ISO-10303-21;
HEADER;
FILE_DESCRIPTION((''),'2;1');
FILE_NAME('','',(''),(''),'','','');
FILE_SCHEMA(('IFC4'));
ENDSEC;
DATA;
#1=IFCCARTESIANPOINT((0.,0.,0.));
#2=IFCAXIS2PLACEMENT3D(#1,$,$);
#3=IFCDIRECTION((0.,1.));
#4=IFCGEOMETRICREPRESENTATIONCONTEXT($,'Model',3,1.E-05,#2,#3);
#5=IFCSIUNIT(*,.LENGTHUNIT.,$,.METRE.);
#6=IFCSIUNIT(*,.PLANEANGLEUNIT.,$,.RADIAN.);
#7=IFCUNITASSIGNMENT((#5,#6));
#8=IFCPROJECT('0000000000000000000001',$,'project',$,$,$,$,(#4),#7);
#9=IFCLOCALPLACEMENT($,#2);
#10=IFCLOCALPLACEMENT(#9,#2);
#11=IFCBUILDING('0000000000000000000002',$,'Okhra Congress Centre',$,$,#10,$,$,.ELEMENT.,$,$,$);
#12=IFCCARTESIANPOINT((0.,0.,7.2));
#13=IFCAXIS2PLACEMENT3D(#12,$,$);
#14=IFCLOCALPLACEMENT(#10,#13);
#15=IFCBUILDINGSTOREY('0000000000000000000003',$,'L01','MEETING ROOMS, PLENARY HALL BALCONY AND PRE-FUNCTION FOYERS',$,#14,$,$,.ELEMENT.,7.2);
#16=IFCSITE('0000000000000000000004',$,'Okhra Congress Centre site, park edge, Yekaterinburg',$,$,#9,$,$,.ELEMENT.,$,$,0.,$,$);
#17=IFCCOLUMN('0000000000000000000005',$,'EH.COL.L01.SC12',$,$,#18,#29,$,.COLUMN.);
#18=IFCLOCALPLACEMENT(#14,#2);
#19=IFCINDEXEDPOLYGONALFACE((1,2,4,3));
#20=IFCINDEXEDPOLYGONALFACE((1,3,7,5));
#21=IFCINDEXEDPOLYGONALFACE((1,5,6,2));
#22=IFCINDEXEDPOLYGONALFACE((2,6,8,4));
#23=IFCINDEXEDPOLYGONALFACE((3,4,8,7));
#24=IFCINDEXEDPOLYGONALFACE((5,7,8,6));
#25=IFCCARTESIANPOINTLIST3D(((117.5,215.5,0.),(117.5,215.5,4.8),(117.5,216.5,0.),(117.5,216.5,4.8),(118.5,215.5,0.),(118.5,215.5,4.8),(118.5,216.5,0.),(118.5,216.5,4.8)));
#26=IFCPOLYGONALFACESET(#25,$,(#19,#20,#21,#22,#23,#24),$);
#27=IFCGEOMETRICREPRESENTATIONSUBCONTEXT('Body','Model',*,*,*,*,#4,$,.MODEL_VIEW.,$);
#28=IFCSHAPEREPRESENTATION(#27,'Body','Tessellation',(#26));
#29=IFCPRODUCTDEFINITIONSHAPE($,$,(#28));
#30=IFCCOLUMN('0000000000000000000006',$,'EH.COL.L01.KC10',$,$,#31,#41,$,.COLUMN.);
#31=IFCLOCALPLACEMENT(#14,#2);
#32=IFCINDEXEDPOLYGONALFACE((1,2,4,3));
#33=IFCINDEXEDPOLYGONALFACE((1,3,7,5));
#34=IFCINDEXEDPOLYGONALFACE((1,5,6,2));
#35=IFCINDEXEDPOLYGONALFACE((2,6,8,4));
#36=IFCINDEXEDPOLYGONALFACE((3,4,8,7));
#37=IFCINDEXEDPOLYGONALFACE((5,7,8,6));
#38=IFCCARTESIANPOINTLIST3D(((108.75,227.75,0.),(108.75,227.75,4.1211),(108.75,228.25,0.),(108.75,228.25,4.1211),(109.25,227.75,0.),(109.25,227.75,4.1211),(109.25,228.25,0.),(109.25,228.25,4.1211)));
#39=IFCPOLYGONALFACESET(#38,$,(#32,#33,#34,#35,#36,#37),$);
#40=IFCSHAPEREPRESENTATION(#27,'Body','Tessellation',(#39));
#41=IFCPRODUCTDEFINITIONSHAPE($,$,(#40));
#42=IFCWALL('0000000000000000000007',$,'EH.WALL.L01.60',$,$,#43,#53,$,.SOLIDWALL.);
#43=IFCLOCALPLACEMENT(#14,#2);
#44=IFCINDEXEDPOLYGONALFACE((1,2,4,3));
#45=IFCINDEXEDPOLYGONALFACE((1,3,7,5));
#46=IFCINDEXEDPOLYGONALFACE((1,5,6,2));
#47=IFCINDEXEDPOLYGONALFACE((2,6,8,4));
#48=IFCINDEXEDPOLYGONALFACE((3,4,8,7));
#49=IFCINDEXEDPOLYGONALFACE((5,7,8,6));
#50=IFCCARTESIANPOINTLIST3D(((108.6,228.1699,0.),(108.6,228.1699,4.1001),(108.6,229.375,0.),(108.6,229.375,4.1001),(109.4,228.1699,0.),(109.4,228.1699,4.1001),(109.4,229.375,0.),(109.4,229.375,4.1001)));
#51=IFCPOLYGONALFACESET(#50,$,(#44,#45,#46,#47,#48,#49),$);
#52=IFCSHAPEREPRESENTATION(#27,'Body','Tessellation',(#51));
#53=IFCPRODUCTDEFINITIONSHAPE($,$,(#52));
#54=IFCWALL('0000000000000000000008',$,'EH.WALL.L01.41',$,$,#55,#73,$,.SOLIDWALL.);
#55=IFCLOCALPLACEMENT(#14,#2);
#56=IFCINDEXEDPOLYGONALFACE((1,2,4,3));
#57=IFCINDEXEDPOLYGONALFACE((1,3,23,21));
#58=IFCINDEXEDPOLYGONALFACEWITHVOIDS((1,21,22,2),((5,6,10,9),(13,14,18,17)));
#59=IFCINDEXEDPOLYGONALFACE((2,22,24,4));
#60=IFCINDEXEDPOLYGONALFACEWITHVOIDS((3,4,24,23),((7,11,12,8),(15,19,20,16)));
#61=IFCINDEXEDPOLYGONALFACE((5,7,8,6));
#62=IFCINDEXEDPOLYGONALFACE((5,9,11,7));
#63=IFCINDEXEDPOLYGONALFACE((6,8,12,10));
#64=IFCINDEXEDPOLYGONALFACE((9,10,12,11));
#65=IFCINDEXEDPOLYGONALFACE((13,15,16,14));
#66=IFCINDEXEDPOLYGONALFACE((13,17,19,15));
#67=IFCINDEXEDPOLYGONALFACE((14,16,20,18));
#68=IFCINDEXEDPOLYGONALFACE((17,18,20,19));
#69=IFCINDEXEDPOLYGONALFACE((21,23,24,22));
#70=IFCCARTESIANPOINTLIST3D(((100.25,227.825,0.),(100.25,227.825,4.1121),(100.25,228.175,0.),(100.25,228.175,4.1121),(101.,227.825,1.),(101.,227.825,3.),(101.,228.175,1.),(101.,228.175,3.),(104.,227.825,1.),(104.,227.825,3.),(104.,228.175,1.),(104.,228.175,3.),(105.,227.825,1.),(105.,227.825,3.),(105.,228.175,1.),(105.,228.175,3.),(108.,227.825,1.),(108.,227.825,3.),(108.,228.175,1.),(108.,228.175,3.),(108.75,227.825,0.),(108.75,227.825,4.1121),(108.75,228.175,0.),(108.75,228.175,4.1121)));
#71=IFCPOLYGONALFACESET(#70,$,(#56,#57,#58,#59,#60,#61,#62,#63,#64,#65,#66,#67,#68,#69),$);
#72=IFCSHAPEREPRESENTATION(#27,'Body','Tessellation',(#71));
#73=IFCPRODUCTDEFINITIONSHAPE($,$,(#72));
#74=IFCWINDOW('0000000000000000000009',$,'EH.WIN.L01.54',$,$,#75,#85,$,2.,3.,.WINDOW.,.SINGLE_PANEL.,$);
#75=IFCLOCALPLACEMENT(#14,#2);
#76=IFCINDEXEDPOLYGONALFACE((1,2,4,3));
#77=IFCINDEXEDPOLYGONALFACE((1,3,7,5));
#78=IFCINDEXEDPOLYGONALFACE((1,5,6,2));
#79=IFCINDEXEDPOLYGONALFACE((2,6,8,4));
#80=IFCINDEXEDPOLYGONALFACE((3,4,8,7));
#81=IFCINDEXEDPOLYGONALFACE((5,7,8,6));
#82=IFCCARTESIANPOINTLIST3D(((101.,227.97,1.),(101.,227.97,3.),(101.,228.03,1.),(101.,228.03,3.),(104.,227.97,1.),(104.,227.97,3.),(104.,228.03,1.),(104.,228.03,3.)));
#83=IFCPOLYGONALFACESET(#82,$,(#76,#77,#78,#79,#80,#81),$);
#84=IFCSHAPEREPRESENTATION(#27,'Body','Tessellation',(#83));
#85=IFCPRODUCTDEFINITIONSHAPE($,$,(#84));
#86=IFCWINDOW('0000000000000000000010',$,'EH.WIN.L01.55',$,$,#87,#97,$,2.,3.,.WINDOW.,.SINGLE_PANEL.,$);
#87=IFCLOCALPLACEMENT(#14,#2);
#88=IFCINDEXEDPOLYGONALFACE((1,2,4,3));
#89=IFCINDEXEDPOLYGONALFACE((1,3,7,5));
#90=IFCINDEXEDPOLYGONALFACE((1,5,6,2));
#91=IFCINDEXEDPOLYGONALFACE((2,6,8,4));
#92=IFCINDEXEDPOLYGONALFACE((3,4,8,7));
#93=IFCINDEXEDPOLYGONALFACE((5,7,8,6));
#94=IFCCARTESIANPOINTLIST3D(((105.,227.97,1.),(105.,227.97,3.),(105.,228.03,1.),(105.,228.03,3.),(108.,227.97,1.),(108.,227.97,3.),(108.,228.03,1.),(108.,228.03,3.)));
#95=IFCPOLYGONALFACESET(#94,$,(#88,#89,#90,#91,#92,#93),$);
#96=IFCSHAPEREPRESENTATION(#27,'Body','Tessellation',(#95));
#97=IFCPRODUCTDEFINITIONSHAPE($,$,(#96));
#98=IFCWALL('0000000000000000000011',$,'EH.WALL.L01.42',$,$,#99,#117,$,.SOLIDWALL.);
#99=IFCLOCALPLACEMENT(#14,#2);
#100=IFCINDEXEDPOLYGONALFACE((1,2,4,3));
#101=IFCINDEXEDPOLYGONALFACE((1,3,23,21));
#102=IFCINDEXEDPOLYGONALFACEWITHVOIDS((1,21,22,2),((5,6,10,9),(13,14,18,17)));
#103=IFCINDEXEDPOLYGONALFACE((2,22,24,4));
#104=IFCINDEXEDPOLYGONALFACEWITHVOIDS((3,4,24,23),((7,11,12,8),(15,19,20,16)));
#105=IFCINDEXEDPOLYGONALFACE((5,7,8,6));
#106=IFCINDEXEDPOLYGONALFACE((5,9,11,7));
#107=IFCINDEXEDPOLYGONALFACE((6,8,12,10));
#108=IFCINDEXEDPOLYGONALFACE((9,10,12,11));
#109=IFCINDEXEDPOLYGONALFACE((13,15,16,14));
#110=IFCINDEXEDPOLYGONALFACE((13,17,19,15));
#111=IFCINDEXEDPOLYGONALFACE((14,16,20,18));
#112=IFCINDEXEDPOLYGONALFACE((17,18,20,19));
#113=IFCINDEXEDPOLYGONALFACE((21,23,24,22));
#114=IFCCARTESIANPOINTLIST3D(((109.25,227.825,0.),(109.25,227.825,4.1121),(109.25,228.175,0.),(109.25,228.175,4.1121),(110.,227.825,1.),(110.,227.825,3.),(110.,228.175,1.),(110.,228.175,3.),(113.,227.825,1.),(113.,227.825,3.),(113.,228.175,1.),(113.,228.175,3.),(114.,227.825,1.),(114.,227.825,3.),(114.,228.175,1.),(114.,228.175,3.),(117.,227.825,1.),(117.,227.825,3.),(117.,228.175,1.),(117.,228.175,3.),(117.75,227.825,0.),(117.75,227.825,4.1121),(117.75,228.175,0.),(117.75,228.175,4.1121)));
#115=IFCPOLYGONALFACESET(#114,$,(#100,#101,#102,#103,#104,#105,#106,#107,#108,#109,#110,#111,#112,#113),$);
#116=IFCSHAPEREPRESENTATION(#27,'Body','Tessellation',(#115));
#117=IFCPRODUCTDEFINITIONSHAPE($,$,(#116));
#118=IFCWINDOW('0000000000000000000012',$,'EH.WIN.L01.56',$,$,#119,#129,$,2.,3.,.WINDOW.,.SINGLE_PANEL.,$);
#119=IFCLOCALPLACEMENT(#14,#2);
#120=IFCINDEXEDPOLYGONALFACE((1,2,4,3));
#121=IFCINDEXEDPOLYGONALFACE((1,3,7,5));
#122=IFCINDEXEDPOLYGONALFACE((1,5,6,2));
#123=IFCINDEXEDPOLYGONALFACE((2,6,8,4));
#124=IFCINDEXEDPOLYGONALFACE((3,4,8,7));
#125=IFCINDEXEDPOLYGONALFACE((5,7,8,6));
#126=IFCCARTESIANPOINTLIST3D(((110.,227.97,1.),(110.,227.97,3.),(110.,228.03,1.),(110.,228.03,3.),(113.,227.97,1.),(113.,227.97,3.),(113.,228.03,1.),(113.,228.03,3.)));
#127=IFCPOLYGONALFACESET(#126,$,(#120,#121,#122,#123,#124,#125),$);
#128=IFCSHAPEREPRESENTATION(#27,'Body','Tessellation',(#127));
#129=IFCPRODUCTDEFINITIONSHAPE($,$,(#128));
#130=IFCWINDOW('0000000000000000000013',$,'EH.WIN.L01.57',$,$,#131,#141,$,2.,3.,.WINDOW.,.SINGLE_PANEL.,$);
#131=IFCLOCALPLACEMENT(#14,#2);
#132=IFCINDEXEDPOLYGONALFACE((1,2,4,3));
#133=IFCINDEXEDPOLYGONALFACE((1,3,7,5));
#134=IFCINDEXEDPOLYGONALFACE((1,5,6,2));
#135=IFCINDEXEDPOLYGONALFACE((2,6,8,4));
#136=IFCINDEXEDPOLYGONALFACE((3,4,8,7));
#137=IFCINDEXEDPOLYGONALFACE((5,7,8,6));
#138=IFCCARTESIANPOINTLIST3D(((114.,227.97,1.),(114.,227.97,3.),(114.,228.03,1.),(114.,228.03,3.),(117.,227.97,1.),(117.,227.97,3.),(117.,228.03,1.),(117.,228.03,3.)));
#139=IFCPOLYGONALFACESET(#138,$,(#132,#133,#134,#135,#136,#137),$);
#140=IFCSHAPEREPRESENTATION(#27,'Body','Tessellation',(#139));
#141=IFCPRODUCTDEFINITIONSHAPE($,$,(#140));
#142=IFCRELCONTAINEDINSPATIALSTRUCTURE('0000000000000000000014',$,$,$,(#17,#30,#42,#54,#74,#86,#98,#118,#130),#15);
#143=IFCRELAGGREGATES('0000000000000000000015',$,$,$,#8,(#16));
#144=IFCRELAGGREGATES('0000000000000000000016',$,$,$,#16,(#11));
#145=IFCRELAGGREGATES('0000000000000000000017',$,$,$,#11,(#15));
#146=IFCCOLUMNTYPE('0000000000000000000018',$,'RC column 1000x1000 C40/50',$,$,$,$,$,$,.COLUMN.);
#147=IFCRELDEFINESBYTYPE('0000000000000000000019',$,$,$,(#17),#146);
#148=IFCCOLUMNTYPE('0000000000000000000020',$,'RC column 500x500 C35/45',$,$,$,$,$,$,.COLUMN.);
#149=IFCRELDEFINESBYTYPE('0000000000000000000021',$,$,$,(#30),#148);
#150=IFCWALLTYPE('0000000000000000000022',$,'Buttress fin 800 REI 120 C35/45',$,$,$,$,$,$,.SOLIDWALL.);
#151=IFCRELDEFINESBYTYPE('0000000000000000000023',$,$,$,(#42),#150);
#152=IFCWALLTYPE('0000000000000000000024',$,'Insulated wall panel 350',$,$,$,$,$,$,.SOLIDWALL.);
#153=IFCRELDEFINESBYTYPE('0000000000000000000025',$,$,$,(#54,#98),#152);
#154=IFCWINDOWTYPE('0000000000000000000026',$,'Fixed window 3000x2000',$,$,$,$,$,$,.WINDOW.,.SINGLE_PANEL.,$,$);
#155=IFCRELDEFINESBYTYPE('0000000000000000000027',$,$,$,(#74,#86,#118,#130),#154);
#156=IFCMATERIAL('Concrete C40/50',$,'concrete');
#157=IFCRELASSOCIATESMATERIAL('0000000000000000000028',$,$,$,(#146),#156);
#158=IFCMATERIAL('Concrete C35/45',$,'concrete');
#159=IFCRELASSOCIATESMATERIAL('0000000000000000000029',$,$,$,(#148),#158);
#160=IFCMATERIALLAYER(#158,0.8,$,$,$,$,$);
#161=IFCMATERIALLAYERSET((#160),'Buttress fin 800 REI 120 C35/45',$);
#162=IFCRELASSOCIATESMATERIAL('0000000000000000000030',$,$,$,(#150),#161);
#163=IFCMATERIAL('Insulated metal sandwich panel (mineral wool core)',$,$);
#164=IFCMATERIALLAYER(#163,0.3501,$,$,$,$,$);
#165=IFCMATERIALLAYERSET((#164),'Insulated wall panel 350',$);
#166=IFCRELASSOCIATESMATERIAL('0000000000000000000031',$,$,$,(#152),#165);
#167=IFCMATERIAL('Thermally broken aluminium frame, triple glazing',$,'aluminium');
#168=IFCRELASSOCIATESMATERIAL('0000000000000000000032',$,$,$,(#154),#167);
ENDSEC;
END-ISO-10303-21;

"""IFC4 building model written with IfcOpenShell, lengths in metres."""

from ifc_helpers import new_model, si_unit, direction, frame, frame_2d, origin, origin_2d, place, context, subcontext, project, spatial, rectangle, extrude, material, layer, layer_set, material_profile, profile_set, type_object, element, fill, save


model = new_model("IFC4")

# Units and contexts
model_context = context("Model", 3, precision=1e-05, world=origin(), true_north=direction((0.0, 1.0)))
body_context = subcontext(model_context, "Body", "Model", "MODEL_VIEW")
ifc_project = project(units=[si_unit("LENGTHUNIT", "METRE"), si_unit("PLANEANGLEUNIT", "RADIAN")], contexts=[model_context])

# Site, building, storey
site_placement = place(None, origin())
site = spatial("IfcSite", under=ifc_project, at=site_placement, Name="Okhra Congress Centre site, park edge, Yekaterinburg", CompositionType="ELEMENT", RefElevation=0.0)
building_placement = place(site_placement, origin())
building = spatial("IfcBuilding", under=site, at=building_placement, Name="Okhra Congress Centre", CompositionType="ELEMENT")
storey_placement = place(building_placement, frame((0.0, 0.0, 7.2)))
storey = spatial("IfcBuildingStorey", under=building, at=storey_placement, Name="L01", Description="MEETING ROOMS, PLENARY HALL BALCONY AND PRE-FUNCTION FOYERS", CompositionType="ELEMENT", Elevation=7.2)

# Columns
ifc_material_1 = material(Name="Concrete C40/50", Category="concrete")
ifc_material_profile_1 = material_profile(ifc_material_1, rectangle(XDim=1.0, YDim=1.0, at=origin_2d()), Name="RC 1000x1000")
ifc_profile_set_1 = profile_set([ifc_material_profile_1], Name="Concrete C40/50")
column_type_1 = type_object("IfcColumnType", Name="RC column 1000x1000 C40/50", PredefinedType="COLUMN", material=ifc_profile_set_1)
column_1_placement = place(storey_placement, frame((118.0, 216.0, 0.0), z_axis=(0.0, 0.0, 1.0), x_axis=(1.0, 0.0, 0.0)))
element("IfcColumn", 1, at=column_1_placement, inside=storey, type_object=column_type_1, Name="EH.COL.L01.SC12", PredefinedType="COLUMN", context=body_context, shape_type="SweptSolid", body=[
    extrude(rectangle(XDim=1.0, YDim=1.0, at=origin_2d()), origin(), (0.0, 0.0, 1.0), 4.8),
])
ifc_material_2 = material(Name="Concrete C35/45", Category="concrete")
ifc_material_profile_2 = material_profile(ifc_material_2, rectangle(XDim=0.5, YDim=0.5, at=origin_2d()), Name="RC 500x500")
ifc_profile_set_2 = profile_set([ifc_material_profile_2], Name="Concrete C35/45")
column_type_2 = type_object("IfcColumnType", Name="RC column 500x500 C35/45", PredefinedType="COLUMN", material=ifc_profile_set_2)
column_2_placement = place(storey_placement, frame((109.0, 228.0, 0.0), z_axis=(0.0, 0.0, 1.0), x_axis=(1.0, 0.0, 0.0)))
element("IfcColumn", 2, at=column_2_placement, inside=storey, type_object=column_type_2, Name="EH.COL.L01.KC10", PredefinedType="COLUMN", context=body_context, shape_type="SweptSolid", body=[
    extrude(rectangle(XDim=0.5, YDim=0.5, at=origin_2d()), origin(), (0.0, 0.0, 1.0), 4.1211),
])

# Wall
ifc_layer_1 = layer(ifc_material_2, 0.8)
ifc_layer_set_1 = layer_set([ifc_layer_1], Name="Buttress fin 800 REI 120 C35/45")
wall_type_1 = type_object("IfcWallType", Name="Buttress fin 800 REI 120 C35/45", PredefinedType="SOLIDWALL", material=ifc_layer_set_1)
wall_1_placement = place(storey_placement, frame((109.0, 228.1699, 0.0), z_axis=(0.0, 0.0, 1.0), x_axis=(0.0, 1.0, 0.0)))
element("IfcWall", 3, at=wall_1_placement, inside=storey, type_object=wall_type_1, Name="EH.WALL.L01.60", PredefinedType="SOLIDWALL", context=body_context, shape_type="SweptSolid", body=[
    extrude(rectangle(XDim=1.2051, YDim=0.8, at=frame_2d((0.6025, 0.0))), origin(), (0.0, 0.0, 1.0), 4.1001),
])

# Walls, openings, windows
ifc_material_3 = material(Name="Insulated metal sandwich panel (mineral wool core)")
ifc_layer_2 = layer(ifc_material_3, 0.3501)
ifc_layer_set_2 = layer_set([ifc_layer_2], Name="Insulated wall panel 350")
wall_type_2 = type_object("IfcWallType", Name="Insulated wall panel 350", PredefinedType="SOLIDWALL", material=ifc_layer_set_2)
wall_2_placement = place(storey_placement, frame((100.25, 228.0, 0.0), z_axis=(0.0, 0.0, 1.0), x_axis=(1.0, 0.0, 0.0)))
wall_2 = element("IfcWall", 4, at=wall_2_placement, inside=storey, type_object=wall_type_2, Name="EH.WALL.L01.41", PredefinedType="SOLIDWALL", context=body_context, shape_type="SweptSolid", body=[
    extrude(rectangle(XDim=8.5, YDim=0.3501, at=frame_2d((4.25, 0.0))), origin(), (0.0, 0.0, 1.0), 4.1121),
])
opening_1_placement = place(wall_2_placement, frame((0.75, 0.0, 1.0)))
opening_1 = element("IfcOpeningElement", 5, at=opening_1_placement, cuts=wall_2, PredefinedType="OPENING", context=body_context, shape_type="SweptSolid", body=[
    extrude(rectangle(XDim=3.0, YDim=2.0, at=frame_2d((1.5, 1.0))), frame((0.0, 0.1851, 0.0), z_axis=(0.0, -1.0, 0.0), x_axis=(1.0, 0.0, 0.0)), (0.0, 0.0, 1.0), 0.3701),
])
opening_2_placement = place(wall_2_placement, frame((4.75, 0.0, 1.0)))
opening_2 = element("IfcOpeningElement", 6, at=opening_2_placement, cuts=wall_2, PredefinedType="OPENING", context=body_context, shape_type="SweptSolid", body=[
    extrude(rectangle(XDim=3.0, YDim=2.0, at=frame_2d((1.5, 1.0))), frame((0.0, 0.1851, 0.0), z_axis=(0.0, -1.0, 0.0), x_axis=(1.0, 0.0, 0.0)), (0.0, 0.0, 1.0), 0.3701),
])
ifc_material_4 = material(Name="Thermally broken aluminium frame, triple glazing", Category="aluminium")
window_type_1 = type_object("IfcWindowType", Name="Fixed window 3000x2000", PartitioningType="SINGLE_PANEL", PredefinedType="WINDOW", material=ifc_material_4)
window_1_placement = place(opening_1_placement, origin())
window_1 = element("IfcWindow", 7, at=window_1_placement, inside=storey, type_object=window_type_1, Name="EH.WIN.L01.54", OverallHeight=2.0, OverallWidth=3.0, PartitioningType="SINGLE_PANEL", PredefinedType="WINDOW", context=body_context, shape_type="SweptSolid", body=[
    extrude(rectangle(XDim=3.0, YDim=2.0, at=frame_2d((1.5, 1.0))), frame((0.0, 0.03, 0.0), z_axis=(0.0, -1.0, 0.0), x_axis=(1.0, 0.0, 0.0)), (0.0, 0.0, 1.0), 0.0601),
])
fill(opening_1, window_1)
window_2_placement = place(opening_2_placement, origin())
window_2 = element("IfcWindow", 8, at=window_2_placement, inside=storey, type_object=window_type_1, Name="EH.WIN.L01.55", OverallHeight=2.0, OverallWidth=3.0, PartitioningType="SINGLE_PANEL", PredefinedType="WINDOW", context=body_context, shape_type="SweptSolid", body=[
    extrude(rectangle(XDim=3.0, YDim=2.0, at=frame_2d((1.5, 1.0))), frame((0.0, 0.03, 0.0), z_axis=(0.0, -1.0, 0.0), x_axis=(1.0, 0.0, 0.0)), (0.0, 0.0, 1.0), 0.0601),
])
fill(opening_2, window_2)
wall_3_placement = place(storey_placement, frame((109.25, 228.0, 0.0), z_axis=(0.0, 0.0, 1.0), x_axis=(1.0, 0.0, 0.0)))
wall_3 = element("IfcWall", 9, at=wall_3_placement, inside=storey, type_object=wall_type_2, Name="EH.WALL.L01.42", PredefinedType="SOLIDWALL", context=body_context, shape_type="SweptSolid", body=[
    extrude(rectangle(XDim=8.5, YDim=0.3501, at=frame_2d((4.25, 0.0))), origin(), (0.0, 0.0, 1.0), 4.1121),
])
opening_3_placement = place(wall_3_placement, frame((0.75, 0.0, 1.0)))
opening_3 = element("IfcOpeningElement", 10, at=opening_3_placement, cuts=wall_3, PredefinedType="OPENING", context=body_context, shape_type="SweptSolid", body=[
    extrude(rectangle(XDim=3.0, YDim=2.0, at=frame_2d((1.5, 1.0))), frame((0.0, 0.1851, 0.0), z_axis=(0.0, -1.0, 0.0), x_axis=(1.0, 0.0, 0.0)), (0.0, 0.0, 1.0), 0.3701),
])
opening_4_placement = place(wall_3_placement, frame((4.75, 0.0, 1.0)))
opening_4 = element("IfcOpeningElement", 11, at=opening_4_placement, cuts=wall_3, PredefinedType="OPENING", context=body_context, shape_type="SweptSolid", body=[
    extrude(rectangle(XDim=3.0, YDim=2.0, at=frame_2d((1.5, 1.0))), frame((0.0, 0.1851, 0.0), z_axis=(0.0, -1.0, 0.0), x_axis=(1.0, 0.0, 0.0)), (0.0, 0.0, 1.0), 0.3701),
])
window_3_placement = place(opening_3_placement, origin())
window_3 = element("IfcWindow", 12, at=window_3_placement, inside=storey, type_object=window_type_1, Name="EH.WIN.L01.56", OverallHeight=2.0, OverallWidth=3.0, PartitioningType="SINGLE_PANEL", PredefinedType="WINDOW", context=body_context, shape_type="SweptSolid", body=[
    extrude(rectangle(XDim=3.0, YDim=2.0, at=frame_2d((1.5, 1.0))), frame((0.0, 0.03, 0.0), z_axis=(0.0, -1.0, 0.0), x_axis=(1.0, 0.0, 0.0)), (0.0, 0.0, 1.0), 0.0601),
])
fill(opening_3, window_3)
window_4_placement = place(opening_4_placement, origin())
window_4 = element("IfcWindow", 13, at=window_4_placement, inside=storey, type_object=window_type_1, Name="EH.WIN.L01.57", OverallHeight=2.0, OverallWidth=3.0, PartitioningType="SINGLE_PANEL", PredefinedType="WINDOW", context=body_context, shape_type="SweptSolid", body=[
    extrude(rectangle(XDim=3.0, YDim=2.0, at=frame_2d((1.5, 1.0))), frame((0.0, 0.03, 0.0), z_axis=(0.0, -1.0, 0.0), x_axis=(1.0, 0.0, 0.0)), (0.0, 0.0, 1.0), 0.0601),
])
fill(opening_4, window_4)

save(model, "model.ifc")
